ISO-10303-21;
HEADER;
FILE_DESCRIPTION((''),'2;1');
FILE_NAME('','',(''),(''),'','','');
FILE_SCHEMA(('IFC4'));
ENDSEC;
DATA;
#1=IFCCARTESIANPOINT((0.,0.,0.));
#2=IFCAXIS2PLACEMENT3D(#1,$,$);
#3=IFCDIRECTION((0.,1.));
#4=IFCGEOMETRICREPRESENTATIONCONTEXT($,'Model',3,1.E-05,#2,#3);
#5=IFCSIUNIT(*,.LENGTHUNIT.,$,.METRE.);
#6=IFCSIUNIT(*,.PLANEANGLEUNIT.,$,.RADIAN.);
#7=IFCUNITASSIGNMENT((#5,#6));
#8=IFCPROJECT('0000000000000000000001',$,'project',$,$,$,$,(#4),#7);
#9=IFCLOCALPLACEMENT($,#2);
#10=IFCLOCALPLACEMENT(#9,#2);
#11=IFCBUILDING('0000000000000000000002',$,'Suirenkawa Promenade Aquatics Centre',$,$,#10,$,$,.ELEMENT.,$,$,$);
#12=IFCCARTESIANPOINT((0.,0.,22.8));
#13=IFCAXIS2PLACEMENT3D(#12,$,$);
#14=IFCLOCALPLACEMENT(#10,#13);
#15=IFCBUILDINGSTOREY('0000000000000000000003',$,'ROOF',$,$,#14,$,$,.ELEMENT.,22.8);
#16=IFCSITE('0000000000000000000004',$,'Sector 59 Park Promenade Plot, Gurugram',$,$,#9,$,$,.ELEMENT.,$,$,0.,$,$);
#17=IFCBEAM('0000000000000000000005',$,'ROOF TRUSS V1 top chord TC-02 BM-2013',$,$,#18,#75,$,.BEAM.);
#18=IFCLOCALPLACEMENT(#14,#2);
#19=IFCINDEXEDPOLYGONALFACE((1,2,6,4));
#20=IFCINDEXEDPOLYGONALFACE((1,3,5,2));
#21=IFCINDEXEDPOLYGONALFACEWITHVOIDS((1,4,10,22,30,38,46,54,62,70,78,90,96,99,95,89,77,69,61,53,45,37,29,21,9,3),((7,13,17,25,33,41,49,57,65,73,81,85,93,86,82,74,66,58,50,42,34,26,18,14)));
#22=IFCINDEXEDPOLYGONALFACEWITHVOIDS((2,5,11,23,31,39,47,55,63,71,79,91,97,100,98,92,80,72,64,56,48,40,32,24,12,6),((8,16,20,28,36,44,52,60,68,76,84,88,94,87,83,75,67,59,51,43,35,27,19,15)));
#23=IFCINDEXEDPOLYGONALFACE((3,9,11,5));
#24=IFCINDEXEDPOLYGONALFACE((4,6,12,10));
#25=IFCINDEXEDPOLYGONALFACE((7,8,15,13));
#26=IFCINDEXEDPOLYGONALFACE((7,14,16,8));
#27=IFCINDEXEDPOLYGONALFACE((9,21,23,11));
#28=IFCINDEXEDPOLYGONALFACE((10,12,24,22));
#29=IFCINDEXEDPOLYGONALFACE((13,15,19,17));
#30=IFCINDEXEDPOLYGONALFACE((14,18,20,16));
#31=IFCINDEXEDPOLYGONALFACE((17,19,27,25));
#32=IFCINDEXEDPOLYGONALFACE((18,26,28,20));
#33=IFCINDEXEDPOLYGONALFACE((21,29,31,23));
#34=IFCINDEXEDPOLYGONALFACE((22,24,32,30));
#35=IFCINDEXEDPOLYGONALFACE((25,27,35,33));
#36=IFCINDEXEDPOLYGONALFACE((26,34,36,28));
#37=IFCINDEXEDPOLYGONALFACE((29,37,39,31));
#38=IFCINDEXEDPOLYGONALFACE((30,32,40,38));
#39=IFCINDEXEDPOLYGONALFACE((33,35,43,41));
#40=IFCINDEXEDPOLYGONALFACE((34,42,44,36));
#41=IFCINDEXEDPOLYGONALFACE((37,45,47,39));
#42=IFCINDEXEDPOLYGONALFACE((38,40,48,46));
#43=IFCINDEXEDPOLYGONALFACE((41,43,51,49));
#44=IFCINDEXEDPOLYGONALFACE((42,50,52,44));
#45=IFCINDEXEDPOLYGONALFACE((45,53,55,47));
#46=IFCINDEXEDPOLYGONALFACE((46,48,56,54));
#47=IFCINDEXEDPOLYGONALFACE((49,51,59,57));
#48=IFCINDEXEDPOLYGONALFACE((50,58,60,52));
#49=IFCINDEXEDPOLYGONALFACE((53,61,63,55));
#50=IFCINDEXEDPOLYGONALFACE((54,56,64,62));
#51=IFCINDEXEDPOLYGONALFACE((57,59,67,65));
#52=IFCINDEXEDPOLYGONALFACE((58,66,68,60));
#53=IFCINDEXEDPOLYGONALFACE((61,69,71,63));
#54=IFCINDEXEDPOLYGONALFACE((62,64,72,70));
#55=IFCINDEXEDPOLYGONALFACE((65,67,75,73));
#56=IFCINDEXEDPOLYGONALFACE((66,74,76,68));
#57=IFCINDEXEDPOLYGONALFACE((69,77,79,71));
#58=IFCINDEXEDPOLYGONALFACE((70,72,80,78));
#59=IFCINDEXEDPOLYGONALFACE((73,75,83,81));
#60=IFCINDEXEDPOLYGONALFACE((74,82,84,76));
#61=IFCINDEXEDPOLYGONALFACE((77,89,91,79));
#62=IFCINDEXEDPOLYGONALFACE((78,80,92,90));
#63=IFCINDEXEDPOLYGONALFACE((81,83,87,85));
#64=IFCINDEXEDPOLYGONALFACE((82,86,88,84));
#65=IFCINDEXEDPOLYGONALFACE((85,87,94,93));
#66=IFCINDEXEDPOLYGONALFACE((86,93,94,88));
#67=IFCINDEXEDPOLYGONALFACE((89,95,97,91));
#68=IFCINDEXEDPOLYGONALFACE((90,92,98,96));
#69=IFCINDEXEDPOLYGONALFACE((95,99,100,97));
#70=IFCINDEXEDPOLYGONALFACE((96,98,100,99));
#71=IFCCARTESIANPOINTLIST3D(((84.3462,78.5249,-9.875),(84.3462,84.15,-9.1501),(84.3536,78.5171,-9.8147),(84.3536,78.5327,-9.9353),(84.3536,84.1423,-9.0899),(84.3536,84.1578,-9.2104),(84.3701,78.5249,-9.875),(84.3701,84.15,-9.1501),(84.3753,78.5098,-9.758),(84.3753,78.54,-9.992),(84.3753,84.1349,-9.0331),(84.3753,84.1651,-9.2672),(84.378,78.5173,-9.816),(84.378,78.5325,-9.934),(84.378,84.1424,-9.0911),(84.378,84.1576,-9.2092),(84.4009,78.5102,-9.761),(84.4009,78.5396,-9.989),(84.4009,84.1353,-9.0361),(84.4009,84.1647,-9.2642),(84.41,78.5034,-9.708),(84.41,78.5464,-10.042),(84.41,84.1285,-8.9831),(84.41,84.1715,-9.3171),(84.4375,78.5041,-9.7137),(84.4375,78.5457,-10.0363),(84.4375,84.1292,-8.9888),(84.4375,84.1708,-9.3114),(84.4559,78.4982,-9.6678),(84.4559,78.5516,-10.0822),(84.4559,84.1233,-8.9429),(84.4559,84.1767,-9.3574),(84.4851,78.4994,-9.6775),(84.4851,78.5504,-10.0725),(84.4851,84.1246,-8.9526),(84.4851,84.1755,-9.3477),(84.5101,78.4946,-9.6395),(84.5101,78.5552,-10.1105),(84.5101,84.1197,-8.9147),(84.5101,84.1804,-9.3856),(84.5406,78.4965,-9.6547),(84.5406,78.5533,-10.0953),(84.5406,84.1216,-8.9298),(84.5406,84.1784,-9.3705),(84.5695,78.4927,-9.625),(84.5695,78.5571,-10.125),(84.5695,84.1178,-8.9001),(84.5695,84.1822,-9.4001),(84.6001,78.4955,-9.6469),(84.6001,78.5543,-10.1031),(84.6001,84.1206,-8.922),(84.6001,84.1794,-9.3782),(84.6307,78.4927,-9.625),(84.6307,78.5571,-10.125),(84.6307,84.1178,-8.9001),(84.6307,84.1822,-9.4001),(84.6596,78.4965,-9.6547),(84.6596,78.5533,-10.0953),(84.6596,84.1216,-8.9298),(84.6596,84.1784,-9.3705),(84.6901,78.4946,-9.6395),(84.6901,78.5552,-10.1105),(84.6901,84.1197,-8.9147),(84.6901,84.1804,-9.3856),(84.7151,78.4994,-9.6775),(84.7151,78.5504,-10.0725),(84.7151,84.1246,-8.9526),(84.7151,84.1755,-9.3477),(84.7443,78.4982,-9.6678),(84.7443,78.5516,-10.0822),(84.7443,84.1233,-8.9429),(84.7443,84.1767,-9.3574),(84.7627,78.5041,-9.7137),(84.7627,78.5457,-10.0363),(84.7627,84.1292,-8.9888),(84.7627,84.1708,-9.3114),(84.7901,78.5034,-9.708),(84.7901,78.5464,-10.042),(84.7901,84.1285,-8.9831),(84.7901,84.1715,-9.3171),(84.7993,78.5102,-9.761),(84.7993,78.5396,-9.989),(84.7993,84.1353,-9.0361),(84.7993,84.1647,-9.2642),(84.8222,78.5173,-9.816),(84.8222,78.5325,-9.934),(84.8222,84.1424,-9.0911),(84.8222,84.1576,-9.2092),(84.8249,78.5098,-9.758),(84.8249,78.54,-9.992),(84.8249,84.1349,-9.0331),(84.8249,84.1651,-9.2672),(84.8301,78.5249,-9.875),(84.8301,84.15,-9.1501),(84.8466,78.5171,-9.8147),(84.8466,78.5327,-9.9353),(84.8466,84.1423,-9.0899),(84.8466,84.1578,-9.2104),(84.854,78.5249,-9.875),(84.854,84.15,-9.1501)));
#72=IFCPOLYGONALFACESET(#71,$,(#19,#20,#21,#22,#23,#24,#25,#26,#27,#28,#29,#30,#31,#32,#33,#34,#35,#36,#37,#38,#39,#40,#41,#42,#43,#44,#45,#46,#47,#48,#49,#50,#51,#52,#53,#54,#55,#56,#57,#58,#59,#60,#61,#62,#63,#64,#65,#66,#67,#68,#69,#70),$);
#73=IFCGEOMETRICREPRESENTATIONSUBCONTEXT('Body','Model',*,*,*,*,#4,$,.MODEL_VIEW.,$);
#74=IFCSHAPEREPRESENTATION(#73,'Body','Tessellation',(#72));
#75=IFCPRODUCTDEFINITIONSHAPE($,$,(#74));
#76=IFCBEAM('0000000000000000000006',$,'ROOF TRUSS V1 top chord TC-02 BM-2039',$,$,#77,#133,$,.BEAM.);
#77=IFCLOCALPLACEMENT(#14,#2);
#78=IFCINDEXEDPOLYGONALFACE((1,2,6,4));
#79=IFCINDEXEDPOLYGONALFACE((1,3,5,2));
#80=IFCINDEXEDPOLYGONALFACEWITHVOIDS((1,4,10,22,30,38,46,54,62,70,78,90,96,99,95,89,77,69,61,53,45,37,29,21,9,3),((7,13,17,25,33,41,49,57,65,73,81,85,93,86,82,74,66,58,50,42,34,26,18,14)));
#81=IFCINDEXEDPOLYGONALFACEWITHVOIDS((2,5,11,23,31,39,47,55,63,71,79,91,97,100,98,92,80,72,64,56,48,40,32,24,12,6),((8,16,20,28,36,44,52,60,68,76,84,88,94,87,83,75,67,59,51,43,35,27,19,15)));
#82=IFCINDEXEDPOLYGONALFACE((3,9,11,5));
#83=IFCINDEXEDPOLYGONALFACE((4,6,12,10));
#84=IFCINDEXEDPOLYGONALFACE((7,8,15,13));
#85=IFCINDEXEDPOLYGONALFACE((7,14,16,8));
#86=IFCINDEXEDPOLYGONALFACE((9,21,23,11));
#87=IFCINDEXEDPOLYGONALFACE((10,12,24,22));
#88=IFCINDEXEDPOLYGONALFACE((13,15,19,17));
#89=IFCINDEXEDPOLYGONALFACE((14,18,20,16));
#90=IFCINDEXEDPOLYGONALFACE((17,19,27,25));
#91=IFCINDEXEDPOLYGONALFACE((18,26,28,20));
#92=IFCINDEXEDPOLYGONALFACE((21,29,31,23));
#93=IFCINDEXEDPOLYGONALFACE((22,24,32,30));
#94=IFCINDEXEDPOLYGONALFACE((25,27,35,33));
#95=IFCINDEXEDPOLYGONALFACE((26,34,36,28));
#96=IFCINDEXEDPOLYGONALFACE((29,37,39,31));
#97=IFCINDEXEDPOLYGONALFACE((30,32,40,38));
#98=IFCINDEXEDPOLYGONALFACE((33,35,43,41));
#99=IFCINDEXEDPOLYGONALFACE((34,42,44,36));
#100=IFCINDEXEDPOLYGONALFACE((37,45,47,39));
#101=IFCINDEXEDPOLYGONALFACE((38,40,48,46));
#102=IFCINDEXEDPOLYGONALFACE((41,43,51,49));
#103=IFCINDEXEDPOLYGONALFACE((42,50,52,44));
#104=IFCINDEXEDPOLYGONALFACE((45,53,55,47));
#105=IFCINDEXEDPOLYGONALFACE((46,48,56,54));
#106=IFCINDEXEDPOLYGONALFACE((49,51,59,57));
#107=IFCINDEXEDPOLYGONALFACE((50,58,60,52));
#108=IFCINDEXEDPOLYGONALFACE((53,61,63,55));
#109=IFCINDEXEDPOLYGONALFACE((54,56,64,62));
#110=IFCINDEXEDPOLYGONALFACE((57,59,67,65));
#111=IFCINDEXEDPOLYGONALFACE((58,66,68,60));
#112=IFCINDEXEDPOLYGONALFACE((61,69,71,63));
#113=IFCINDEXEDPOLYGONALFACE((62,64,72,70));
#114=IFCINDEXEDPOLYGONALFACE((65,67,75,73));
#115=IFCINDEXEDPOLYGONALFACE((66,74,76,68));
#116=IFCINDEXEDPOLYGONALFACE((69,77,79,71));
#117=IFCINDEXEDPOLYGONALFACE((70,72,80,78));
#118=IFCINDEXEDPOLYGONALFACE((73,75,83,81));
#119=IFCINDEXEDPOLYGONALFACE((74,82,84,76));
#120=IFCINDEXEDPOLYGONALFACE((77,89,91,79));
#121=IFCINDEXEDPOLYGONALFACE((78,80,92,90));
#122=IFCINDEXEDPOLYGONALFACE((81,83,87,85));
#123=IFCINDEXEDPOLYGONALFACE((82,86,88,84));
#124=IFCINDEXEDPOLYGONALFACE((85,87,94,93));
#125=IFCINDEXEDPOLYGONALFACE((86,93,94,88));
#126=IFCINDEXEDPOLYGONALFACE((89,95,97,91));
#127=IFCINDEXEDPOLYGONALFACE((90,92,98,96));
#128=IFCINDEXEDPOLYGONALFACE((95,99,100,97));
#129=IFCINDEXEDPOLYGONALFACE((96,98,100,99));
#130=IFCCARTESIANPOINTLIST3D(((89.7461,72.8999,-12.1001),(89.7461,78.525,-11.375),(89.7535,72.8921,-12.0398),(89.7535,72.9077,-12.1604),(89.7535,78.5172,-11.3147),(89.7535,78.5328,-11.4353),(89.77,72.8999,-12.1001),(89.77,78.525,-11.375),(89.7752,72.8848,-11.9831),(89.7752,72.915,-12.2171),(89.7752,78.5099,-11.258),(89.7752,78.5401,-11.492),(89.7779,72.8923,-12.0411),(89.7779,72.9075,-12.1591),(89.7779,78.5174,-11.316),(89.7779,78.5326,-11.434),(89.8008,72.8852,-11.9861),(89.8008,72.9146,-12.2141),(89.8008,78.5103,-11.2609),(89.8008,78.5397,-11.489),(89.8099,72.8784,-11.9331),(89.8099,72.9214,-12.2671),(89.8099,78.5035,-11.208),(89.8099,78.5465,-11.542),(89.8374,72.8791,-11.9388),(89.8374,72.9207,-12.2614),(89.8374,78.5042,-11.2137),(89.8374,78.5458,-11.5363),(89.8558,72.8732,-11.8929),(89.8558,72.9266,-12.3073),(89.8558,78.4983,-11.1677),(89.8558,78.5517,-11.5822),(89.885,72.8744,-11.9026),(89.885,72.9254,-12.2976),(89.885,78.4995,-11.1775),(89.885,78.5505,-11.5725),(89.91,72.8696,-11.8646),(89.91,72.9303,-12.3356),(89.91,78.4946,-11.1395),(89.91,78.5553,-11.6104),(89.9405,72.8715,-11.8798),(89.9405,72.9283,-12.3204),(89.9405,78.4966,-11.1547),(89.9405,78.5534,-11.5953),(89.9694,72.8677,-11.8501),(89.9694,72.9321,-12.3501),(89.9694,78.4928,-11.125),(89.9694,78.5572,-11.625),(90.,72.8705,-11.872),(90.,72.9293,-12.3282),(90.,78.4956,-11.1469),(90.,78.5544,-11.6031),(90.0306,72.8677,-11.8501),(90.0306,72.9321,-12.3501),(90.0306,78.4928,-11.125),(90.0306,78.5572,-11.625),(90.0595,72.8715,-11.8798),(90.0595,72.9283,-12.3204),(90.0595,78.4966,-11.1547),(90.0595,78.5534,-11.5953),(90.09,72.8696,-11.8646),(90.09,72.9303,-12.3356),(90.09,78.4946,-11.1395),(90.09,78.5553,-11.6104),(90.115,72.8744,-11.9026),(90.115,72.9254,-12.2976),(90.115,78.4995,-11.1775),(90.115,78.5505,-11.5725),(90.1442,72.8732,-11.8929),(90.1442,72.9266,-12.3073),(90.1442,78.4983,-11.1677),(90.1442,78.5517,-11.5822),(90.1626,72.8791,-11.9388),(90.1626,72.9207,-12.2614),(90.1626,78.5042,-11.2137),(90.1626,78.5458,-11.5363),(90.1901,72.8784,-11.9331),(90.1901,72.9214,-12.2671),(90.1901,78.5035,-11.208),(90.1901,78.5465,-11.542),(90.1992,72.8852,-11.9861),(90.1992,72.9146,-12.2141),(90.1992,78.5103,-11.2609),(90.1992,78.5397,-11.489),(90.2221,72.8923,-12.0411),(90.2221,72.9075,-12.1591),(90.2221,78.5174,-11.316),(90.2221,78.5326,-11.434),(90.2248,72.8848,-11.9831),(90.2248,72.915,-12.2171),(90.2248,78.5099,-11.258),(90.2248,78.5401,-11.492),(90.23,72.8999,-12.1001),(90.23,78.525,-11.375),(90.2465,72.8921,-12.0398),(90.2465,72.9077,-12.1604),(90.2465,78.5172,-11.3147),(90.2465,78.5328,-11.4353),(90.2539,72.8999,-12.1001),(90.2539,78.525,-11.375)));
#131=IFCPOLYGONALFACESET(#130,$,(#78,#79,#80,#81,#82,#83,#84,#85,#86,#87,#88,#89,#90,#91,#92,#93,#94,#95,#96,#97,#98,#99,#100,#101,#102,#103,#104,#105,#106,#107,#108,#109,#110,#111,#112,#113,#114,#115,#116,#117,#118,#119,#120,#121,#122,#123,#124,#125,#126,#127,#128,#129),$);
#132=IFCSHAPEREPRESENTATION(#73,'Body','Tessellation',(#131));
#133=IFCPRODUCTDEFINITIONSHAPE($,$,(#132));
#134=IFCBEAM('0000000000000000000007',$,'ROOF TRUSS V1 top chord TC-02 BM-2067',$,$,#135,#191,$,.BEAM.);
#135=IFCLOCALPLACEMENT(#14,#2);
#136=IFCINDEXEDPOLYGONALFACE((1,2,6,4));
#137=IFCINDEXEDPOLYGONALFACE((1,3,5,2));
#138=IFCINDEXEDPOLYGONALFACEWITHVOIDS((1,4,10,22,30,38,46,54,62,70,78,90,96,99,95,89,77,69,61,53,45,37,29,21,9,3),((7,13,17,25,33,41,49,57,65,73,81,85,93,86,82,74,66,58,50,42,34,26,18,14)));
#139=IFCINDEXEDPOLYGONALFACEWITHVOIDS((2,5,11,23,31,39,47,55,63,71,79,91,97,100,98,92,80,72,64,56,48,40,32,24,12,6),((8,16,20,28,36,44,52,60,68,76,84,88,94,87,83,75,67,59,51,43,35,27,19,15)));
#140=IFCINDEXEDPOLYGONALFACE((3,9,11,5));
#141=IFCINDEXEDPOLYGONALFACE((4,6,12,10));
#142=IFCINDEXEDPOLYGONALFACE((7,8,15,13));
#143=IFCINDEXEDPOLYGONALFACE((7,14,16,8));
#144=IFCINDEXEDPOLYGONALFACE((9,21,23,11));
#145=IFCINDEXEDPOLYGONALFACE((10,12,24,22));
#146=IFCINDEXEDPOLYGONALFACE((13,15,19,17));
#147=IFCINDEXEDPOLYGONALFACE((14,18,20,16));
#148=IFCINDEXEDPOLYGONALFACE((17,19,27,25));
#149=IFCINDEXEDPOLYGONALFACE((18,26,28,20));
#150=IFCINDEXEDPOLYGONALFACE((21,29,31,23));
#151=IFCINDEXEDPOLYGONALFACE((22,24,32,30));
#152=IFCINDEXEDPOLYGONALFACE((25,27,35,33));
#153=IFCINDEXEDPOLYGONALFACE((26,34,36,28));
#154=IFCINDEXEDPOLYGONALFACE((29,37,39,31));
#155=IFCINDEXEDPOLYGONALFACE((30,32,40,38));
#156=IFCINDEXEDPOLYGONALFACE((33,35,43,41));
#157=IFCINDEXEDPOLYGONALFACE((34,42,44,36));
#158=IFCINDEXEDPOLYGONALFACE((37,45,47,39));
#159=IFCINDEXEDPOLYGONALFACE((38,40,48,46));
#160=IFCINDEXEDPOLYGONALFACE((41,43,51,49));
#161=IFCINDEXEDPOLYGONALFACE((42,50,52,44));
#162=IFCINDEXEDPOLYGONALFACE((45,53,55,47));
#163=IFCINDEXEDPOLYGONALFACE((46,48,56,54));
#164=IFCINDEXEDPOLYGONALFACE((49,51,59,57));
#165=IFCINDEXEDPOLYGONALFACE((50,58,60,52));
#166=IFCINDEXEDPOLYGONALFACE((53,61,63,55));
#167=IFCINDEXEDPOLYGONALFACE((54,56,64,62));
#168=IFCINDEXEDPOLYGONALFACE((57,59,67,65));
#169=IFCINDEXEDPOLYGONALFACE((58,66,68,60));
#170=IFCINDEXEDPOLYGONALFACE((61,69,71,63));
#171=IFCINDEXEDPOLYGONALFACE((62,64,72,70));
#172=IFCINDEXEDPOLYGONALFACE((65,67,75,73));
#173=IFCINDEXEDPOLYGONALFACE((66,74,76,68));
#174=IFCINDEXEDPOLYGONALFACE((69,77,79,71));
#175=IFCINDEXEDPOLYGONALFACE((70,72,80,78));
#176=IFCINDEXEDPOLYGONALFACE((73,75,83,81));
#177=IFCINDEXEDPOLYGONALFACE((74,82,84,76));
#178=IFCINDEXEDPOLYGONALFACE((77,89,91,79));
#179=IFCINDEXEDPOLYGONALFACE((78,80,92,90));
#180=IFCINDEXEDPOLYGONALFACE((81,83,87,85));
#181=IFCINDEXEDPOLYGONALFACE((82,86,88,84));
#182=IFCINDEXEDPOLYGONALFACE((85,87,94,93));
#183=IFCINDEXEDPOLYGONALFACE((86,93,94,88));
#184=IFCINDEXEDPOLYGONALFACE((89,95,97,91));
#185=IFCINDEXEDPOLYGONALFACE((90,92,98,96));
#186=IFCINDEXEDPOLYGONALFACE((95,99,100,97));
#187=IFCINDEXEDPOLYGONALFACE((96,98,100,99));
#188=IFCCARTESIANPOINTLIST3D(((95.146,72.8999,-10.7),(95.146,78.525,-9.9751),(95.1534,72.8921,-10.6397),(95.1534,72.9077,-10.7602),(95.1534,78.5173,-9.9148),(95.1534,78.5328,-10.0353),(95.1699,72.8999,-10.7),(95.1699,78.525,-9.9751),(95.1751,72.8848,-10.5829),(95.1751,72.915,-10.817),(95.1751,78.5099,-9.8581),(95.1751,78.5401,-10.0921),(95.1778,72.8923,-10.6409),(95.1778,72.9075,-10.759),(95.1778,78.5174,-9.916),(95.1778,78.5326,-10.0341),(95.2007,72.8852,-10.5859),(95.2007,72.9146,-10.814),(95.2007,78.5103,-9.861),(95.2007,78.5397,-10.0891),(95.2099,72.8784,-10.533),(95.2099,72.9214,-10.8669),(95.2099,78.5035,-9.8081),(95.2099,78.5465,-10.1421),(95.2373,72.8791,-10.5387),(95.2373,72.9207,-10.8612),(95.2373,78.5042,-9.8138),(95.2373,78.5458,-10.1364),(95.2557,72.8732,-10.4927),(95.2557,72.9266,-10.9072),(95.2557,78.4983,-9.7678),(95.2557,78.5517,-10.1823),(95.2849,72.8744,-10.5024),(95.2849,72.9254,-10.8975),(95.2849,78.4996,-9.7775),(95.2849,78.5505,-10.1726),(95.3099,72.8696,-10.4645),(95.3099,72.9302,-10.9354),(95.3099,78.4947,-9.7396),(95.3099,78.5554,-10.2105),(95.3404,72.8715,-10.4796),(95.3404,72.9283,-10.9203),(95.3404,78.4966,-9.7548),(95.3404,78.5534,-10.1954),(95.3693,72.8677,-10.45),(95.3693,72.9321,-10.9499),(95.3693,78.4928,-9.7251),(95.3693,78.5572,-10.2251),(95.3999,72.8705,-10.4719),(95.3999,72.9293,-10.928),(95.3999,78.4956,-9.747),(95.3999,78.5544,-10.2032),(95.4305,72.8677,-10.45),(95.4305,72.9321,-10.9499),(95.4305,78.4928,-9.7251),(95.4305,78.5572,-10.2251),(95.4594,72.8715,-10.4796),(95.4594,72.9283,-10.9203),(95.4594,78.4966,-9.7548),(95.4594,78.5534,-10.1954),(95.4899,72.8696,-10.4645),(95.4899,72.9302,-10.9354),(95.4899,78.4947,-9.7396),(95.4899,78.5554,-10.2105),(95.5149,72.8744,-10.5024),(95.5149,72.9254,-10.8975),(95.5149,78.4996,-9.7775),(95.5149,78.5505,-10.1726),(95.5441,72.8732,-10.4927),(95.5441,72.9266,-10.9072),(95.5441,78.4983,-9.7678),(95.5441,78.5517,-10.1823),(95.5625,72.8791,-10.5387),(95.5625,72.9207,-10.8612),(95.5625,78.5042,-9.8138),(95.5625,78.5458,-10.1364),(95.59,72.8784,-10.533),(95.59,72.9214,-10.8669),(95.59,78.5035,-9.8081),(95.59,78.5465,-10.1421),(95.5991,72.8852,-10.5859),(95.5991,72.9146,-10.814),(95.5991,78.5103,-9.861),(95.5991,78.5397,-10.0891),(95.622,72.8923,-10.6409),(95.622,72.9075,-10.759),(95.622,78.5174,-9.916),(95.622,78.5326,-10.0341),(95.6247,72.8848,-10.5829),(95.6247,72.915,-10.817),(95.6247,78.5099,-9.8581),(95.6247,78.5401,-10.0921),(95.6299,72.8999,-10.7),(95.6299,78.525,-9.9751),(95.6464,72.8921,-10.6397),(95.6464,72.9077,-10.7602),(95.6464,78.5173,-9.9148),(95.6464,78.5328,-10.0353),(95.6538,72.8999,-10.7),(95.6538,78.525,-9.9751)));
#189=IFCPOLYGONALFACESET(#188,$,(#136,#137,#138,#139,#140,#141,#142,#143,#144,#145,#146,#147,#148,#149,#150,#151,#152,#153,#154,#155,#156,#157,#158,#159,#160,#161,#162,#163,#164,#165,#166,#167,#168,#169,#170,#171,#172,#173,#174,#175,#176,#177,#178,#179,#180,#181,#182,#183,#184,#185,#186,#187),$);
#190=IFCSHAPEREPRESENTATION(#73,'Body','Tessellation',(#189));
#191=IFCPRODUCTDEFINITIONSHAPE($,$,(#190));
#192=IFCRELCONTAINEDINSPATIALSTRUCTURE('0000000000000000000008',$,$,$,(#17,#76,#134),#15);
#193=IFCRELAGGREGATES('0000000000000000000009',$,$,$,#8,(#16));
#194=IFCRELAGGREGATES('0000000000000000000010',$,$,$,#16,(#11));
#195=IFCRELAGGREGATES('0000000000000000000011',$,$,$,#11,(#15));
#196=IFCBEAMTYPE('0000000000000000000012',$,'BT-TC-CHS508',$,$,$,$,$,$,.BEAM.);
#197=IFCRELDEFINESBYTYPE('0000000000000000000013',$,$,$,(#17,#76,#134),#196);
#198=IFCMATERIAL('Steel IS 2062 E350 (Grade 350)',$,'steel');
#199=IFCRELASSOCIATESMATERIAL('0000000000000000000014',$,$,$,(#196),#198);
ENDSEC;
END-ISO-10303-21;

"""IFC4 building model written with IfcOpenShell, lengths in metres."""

from ifc_helpers import new_model, si_unit, direction, frame, origin, origin_2d, place, context, subcontext, project, spatial, hollow_circle, extrude, material, material_profile, profile_set, type_object, element, save


model = new_model("IFC4")

# Units and contexts
model_context = context("Model", 3, precision=1e-05, world=origin(), true_north=direction((0.0, 1.0)))
body_context = subcontext(model_context, "Body", "Model", "MODEL_VIEW")
ifc_project = project(units=[si_unit("LENGTHUNIT", "METRE"), si_unit("PLANEANGLEUNIT", "RADIAN")], contexts=[model_context])

# Site, building, storey
site_placement = place(None, origin())
site = spatial("IfcSite", under=ifc_project, at=site_placement, Name="Sector 59 Park Promenade Plot, Gurugram", CompositionType="ELEMENT", RefElevation=0.0)
building_placement = place(site_placement, origin())
building = spatial("IfcBuilding", under=site, at=building_placement, Name="Suirenkawa Promenade Aquatics Centre", CompositionType="ELEMENT")
storey_placement = place(building_placement, frame((0.0, 0.0, 22.8)))
storey = spatial("IfcBuildingStorey", under=building, at=storey_placement, Name="ROOF", CompositionType="ELEMENT", Elevation=22.8)

# Beams
ifc_material = material(Name="Steel IS 2062 E350 (Grade 350)", Category="steel")
ifc_material_profile_1 = material_profile(ifc_material, hollow_circle(Radius=0.2539, WallThickness=0.0239, at=origin_2d()), Name="CHS 508x24", Category="steel")
ifc_profile_set_1 = profile_set([ifc_material_profile_1], Name="Steel IS 2062 E350 (Grade 350)")
beam_type_1 = type_object("IfcBeamType", Name="BT-TC-CHS508", PredefinedType="BEAM", material=ifc_profile_set_1)
for number, where, z_axis, x_axis, name in (
    (1, (84.6001, 78.5249, -9.875), (0.0, 0.991799, 0.127806), (-1.0, 0.0, 0.0), "ROOF TRUSS V1 top chord TC-02 BM-2013"),
    (2, (90.0, 72.8999, -12.1001), (0.0, 0.991794, 0.127848), (-1.0, 0.0, 0.0), "ROOF TRUSS V1 top chord TC-02 BM-2039"),
    (3, (95.3999, 72.8999, -10.7), (0.0, 0.991799, 0.127806), (-1.0, 0.0, 0.0), "ROOF TRUSS V1 top chord TC-02 BM-2067"),
):
    element("IfcBeam", number, at=place(storey_placement, frame(where, z_axis=z_axis, x_axis=x_axis)), inside=storey, type_object=beam_type_1, Name=name, PredefinedType="BEAM", context=body_context, shape_type="SweptSolid", body=[
        extrude(hollow_circle(Radius=0.2539, WallThickness=0.0239, at=origin_2d()), origin(), (0.0, 0.0, 1.0), 5.6716),
    ])

save(model, "model.ifc")
